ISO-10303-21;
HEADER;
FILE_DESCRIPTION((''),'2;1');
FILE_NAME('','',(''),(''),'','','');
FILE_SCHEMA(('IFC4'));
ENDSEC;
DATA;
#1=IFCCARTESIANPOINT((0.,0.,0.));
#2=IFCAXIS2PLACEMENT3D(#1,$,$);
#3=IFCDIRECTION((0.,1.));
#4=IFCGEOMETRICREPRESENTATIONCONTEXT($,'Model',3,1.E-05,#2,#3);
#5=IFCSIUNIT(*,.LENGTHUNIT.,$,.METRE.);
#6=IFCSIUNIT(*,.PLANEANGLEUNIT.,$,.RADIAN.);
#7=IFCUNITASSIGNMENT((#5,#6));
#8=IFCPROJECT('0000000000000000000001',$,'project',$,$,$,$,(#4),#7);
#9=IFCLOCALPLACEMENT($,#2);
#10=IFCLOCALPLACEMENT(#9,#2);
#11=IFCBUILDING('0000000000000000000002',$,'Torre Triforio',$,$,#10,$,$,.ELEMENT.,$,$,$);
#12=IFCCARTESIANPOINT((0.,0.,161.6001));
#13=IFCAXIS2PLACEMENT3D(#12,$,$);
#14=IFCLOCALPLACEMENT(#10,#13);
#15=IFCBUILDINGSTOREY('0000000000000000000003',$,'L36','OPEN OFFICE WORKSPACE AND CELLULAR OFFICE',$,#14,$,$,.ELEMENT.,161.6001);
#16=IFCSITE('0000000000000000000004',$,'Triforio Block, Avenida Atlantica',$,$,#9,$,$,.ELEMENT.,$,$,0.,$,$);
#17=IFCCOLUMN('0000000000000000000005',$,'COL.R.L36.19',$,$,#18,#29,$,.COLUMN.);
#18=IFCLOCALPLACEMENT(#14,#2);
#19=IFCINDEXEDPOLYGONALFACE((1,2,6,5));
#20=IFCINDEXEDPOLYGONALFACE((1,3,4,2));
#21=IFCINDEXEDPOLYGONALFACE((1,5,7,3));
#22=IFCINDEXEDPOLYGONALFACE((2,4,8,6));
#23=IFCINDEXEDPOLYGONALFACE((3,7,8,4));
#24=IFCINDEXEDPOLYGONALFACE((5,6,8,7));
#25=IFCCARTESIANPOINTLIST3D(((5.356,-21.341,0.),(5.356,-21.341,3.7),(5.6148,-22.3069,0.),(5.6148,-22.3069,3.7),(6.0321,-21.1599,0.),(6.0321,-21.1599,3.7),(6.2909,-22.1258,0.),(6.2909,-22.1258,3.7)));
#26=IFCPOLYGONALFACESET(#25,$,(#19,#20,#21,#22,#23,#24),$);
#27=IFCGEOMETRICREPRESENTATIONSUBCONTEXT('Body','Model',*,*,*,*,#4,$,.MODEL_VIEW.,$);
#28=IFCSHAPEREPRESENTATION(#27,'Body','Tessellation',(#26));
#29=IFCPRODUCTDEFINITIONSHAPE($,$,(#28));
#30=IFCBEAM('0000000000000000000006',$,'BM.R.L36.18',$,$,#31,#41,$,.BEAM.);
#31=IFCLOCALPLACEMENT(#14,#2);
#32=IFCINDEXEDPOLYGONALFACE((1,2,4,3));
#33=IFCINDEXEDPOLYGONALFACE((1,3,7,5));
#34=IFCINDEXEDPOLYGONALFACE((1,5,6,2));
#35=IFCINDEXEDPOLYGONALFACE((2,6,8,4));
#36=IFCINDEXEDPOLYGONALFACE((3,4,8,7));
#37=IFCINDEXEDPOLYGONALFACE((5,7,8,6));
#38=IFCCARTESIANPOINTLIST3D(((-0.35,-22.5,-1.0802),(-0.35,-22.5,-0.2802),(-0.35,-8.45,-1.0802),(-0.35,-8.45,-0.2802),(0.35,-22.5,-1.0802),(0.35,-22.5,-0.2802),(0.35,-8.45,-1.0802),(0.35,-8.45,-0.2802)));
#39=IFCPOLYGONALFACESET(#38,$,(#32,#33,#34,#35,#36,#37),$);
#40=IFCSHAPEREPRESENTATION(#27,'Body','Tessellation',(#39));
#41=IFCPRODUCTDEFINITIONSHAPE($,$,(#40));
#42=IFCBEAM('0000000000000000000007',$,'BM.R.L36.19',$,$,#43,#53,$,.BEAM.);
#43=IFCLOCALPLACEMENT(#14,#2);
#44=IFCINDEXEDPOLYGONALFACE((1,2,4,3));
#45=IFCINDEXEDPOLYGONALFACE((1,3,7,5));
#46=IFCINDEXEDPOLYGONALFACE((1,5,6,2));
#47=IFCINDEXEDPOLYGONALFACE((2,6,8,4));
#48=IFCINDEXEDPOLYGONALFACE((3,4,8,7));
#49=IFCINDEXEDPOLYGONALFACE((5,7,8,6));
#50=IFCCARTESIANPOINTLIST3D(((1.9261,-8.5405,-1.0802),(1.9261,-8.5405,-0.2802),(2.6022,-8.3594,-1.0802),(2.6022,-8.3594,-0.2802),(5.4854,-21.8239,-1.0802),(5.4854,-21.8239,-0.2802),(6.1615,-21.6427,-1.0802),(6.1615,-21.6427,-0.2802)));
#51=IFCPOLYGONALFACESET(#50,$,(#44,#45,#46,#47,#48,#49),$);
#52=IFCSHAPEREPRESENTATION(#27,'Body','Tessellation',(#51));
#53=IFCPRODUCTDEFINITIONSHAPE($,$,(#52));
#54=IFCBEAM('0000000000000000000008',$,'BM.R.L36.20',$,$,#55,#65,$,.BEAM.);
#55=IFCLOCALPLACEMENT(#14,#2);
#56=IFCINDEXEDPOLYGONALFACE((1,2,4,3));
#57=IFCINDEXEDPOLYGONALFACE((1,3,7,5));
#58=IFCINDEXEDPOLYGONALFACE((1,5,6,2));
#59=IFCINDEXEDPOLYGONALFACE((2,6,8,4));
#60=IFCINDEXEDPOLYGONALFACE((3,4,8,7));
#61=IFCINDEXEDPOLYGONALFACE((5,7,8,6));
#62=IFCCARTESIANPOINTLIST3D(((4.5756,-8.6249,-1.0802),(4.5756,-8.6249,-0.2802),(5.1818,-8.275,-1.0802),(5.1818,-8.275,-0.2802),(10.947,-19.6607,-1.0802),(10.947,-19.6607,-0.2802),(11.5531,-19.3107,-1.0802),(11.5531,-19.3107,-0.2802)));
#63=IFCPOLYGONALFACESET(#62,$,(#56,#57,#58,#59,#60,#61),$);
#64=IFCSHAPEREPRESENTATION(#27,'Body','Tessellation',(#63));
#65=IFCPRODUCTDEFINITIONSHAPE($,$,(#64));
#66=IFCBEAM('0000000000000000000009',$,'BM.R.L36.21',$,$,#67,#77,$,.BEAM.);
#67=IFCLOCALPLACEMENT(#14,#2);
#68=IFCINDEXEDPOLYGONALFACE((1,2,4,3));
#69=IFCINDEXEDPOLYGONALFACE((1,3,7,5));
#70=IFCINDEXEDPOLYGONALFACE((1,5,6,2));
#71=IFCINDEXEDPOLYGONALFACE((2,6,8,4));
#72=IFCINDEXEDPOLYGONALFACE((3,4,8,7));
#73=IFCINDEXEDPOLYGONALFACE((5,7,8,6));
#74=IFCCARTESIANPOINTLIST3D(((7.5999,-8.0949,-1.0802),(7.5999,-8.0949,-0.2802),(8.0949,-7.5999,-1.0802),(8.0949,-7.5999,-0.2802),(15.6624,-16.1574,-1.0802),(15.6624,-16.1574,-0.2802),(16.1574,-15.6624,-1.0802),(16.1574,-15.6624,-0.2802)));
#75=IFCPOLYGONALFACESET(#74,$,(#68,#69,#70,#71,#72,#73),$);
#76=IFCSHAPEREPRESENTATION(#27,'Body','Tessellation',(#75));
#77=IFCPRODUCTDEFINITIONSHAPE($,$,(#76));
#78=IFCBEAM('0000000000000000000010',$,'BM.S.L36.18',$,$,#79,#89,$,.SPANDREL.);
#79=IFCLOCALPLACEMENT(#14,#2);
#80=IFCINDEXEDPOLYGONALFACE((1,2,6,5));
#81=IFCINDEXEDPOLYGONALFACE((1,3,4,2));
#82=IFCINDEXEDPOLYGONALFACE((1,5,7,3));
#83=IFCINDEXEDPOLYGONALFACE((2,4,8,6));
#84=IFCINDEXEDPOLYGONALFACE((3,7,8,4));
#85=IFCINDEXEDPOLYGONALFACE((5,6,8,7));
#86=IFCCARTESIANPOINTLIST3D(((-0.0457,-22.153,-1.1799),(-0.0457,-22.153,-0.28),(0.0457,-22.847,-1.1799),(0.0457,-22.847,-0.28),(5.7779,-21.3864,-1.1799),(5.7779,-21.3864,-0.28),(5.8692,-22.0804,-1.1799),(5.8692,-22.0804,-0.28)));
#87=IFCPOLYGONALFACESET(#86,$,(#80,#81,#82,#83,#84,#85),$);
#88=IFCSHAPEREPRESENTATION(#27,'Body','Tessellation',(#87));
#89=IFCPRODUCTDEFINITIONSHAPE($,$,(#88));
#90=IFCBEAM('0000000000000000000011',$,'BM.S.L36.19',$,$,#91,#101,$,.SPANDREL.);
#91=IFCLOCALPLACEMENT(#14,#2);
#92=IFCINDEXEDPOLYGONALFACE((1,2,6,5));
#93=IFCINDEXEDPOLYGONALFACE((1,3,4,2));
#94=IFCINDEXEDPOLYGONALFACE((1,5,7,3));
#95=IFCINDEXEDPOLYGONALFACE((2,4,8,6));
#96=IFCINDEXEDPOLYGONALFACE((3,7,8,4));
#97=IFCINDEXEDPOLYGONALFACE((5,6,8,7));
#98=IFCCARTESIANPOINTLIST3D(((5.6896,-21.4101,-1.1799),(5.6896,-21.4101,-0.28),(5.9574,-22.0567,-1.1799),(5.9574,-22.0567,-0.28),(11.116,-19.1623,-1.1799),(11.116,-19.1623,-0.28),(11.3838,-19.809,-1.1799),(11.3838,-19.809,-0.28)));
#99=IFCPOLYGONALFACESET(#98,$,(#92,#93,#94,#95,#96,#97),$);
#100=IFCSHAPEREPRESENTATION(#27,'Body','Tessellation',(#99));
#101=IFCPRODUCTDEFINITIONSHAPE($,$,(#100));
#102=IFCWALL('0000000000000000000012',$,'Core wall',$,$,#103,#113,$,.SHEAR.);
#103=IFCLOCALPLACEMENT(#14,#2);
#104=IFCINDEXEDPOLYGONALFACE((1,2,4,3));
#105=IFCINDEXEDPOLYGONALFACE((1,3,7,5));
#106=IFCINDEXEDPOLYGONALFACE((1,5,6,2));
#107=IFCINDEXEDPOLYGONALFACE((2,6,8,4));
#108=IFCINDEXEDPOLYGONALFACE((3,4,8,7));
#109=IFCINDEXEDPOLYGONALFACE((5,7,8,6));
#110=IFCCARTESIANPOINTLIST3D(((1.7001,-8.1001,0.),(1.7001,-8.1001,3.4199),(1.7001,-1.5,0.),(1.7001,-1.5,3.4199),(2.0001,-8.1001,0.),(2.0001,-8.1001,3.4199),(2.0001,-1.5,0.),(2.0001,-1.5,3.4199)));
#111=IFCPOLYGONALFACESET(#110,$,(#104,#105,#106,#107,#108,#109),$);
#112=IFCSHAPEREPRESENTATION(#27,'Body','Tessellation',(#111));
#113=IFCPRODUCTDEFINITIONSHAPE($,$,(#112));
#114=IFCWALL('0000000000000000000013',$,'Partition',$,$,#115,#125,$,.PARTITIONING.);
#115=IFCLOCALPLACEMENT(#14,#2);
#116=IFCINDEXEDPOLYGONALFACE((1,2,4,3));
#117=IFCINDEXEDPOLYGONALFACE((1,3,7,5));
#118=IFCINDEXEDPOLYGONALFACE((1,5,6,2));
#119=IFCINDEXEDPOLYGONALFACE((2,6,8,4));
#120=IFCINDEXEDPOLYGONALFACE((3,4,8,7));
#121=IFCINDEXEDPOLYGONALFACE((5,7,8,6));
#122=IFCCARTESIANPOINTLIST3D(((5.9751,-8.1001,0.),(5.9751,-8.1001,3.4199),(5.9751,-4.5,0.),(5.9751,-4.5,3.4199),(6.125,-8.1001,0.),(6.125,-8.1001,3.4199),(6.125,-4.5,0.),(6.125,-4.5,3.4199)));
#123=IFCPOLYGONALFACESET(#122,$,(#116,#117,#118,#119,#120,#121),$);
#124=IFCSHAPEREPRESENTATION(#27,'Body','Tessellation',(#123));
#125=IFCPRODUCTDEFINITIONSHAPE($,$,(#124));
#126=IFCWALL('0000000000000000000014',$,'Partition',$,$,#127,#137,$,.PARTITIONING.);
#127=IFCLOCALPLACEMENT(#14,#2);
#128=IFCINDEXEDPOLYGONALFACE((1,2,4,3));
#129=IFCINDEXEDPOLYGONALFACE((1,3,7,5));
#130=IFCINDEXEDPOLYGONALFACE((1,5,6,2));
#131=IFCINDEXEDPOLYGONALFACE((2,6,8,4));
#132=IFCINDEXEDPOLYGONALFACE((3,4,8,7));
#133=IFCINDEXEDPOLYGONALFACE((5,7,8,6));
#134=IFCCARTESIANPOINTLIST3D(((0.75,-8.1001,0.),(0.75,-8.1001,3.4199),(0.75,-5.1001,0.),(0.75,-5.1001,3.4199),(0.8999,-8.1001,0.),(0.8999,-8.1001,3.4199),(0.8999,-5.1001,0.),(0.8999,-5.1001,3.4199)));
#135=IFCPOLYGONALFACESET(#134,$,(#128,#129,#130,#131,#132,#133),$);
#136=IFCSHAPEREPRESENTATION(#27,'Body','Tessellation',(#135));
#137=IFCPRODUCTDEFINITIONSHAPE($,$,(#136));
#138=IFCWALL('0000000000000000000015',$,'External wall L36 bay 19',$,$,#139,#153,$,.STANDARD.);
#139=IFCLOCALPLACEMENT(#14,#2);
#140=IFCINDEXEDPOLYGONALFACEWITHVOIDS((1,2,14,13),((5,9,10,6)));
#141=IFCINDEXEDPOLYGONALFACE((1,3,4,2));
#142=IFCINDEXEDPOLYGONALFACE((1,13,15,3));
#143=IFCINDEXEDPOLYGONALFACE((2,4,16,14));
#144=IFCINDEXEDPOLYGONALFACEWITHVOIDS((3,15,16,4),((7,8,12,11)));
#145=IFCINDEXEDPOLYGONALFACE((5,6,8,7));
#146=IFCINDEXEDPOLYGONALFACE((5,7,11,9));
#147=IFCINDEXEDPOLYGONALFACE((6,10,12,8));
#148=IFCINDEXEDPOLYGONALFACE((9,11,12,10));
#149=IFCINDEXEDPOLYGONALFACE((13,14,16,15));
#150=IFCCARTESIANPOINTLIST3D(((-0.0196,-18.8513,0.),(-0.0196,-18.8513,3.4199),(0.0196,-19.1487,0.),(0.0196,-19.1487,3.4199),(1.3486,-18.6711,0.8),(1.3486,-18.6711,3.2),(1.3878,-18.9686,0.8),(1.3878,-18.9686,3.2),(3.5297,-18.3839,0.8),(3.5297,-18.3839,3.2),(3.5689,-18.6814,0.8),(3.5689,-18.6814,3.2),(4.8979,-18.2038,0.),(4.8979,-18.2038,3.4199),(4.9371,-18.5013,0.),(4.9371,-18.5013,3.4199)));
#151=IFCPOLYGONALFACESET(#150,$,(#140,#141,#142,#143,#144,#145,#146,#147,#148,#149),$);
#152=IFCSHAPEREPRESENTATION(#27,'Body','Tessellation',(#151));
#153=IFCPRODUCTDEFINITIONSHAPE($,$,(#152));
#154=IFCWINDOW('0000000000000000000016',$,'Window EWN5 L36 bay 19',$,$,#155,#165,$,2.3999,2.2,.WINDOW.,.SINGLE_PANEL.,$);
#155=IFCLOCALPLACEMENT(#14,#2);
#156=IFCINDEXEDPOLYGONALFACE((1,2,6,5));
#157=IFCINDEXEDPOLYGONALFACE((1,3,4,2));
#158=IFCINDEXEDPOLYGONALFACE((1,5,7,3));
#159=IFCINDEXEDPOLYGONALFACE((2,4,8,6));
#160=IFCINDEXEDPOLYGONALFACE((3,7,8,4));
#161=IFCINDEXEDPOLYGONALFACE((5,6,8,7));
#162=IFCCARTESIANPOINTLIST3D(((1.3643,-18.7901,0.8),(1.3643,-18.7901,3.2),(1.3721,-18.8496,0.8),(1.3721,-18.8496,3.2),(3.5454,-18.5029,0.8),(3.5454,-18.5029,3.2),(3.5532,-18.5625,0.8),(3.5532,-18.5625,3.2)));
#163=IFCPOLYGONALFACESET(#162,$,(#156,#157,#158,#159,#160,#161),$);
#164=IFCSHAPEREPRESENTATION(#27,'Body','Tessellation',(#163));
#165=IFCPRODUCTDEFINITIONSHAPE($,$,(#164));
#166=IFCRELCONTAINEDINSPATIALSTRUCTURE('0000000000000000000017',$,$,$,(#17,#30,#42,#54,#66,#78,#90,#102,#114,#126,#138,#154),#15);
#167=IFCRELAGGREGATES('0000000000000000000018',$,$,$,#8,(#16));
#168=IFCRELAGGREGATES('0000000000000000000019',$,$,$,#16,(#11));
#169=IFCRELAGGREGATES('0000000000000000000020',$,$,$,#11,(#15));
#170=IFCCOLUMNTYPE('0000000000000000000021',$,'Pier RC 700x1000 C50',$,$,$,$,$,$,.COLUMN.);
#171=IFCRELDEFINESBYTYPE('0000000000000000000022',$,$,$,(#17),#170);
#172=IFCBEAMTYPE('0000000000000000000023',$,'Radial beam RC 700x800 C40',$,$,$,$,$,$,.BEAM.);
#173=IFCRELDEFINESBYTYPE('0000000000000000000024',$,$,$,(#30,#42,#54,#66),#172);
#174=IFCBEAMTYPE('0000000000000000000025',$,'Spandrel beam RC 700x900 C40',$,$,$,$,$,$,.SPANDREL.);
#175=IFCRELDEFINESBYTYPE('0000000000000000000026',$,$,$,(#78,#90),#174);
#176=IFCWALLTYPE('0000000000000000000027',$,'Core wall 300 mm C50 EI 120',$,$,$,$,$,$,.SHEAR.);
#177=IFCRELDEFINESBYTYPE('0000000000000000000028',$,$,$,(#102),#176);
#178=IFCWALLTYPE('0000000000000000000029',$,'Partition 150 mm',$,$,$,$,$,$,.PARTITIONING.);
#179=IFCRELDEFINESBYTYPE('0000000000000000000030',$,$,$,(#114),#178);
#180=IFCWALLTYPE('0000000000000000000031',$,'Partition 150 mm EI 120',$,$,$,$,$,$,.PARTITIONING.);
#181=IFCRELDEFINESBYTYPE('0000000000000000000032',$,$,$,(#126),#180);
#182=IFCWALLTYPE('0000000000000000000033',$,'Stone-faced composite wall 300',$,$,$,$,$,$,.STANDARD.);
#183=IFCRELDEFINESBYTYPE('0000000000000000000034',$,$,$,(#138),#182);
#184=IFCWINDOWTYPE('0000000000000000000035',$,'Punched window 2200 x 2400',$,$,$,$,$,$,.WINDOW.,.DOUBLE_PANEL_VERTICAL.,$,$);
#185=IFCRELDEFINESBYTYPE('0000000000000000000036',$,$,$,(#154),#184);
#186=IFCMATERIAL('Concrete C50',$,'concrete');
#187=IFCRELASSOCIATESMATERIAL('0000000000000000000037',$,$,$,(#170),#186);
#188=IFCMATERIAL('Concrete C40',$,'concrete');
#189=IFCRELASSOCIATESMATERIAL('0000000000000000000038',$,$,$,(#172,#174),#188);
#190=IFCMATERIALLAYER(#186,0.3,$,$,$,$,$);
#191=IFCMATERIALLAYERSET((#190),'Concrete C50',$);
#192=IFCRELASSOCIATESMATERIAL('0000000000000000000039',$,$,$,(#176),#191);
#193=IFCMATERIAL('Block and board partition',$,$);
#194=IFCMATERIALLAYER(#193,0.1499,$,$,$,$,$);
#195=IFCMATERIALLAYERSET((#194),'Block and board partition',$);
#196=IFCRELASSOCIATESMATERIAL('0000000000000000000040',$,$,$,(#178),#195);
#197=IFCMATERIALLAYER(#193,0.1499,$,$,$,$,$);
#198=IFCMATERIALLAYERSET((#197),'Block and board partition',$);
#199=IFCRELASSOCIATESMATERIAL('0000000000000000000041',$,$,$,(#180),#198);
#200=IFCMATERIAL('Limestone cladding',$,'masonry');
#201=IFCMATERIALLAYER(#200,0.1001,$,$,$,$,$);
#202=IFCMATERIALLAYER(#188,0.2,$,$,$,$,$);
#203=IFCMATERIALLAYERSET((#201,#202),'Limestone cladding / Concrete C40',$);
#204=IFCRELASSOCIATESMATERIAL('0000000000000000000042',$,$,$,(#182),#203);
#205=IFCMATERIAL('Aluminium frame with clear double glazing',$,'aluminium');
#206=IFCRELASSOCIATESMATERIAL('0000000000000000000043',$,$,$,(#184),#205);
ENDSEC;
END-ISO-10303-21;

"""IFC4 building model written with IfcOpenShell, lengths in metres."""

from ifc_helpers import new_model, si_unit, direction, frame, frame_2d, origin, origin_2d, place, context, subcontext, project, spatial, rectangle, extrude, material, layer, layer_set, material_profile, profile_set, type_object, element, fill, save


model = new_model("IFC4")

# Units and contexts
model_context = context("Model", 3, precision=1e-05, world=origin(), true_north=direction((0.0, 1.0)))
body_context = subcontext(model_context, "Body", "Model", "MODEL_VIEW")
ifc_project = project(units=[si_unit("LENGTHUNIT", "METRE"), si_unit("PLANEANGLEUNIT", "RADIAN")], contexts=[model_context])

# Site, building, storey
site_placement = place(None, origin())
site = spatial("IfcSite", under=ifc_project, at=site_placement, Name="Triforio Block, Avenida Atlantica", CompositionType="ELEMENT", RefElevation=0.0)
building_placement = place(site_placement, origin())
building = spatial("IfcBuilding", under=site, at=building_placement, Name="Torre Triforio", CompositionType="ELEMENT")
storey_placement = place(building_placement, frame((0.0, 0.0, 161.6001)))
storey = spatial("IfcBuildingStorey", under=building, at=storey_placement, Name="L36", Description="OPEN OFFICE WORKSPACE AND CELLULAR OFFICE", CompositionType="ELEMENT", Elevation=161.6001)

# Column
ifc_material_1 = material(Name="Concrete C50", Category="concrete")
ifc_material_profile_1 = material_profile(ifc_material_1, rectangle(XDim=0.7, YDim=1.0, at=origin_2d()), Name="RC 700x1000")
ifc_profile_set_1 = profile_set([ifc_material_profile_1], Name="Concrete C50")
column_type = type_object("IfcColumnType", Name="Pier RC 700x1000 C50", PredefinedType="COLUMN", material=ifc_profile_set_1)
column_placement = place(storey_placement, frame((5.8235, -21.7334, 0.0), z_axis=(0.0, 0.0, 1.0), x_axis=(0.965926, 0.258819, 0.0)))
element("IfcColumn", 1, at=column_placement, inside=storey, type_object=column_type, Name="COL.R.L36.19", PredefinedType="COLUMN", context=body_context, shape_type="SweptSolid", body=[
    extrude(rectangle(XDim=0.7, YDim=1.0, at=origin_2d()), origin(), (0.0, 0.0, 1.0), 3.7),
])

# Beams
ifc_material_2 = material(Name="Concrete C40", Category="concrete")
ifc_material_profile_2 = material_profile(ifc_material_2, rectangle(XDim=0.7, YDim=0.8, at=origin_2d()), Name="RC 700x800")
ifc_profile_set_2 = profile_set([ifc_material_profile_2], Name="Concrete C40")
beam_type_1 = type_object("IfcBeamType", Name="Radial beam RC 700x800 C40", PredefinedType="BEAM", material=ifc_profile_set_2)
beam_1_placement = place(storey_placement, frame((0.0, -8.45, -0.6802), z_axis=(0.0, -1.0, 0.0), x_axis=(1.0, 0.0, 0.0)))
element("IfcBeam", 2, at=beam_1_placement, inside=storey, type_object=beam_type_1, Name="BM.R.L36.18", PredefinedType="BEAM", context=body_context, shape_type="SweptSolid", body=[
    extrude(rectangle(XDim=0.7, YDim=0.8, at=origin_2d()), origin(), (0.0, 0.0, 1.0), 14.05),
])
beam_2_placement = place(storey_placement, frame((2.2642, -8.45, -0.6802), z_axis=(0.258822, -0.965925, 0.0), x_axis=(0.965925, 0.258822, 0.0)))
element("IfcBeam", 3, at=beam_2_placement, inside=storey, type_object=beam_type_1, Name="BM.R.L36.19", PredefinedType="BEAM", context=body_context, shape_type="SweptSolid", body=[
    extrude(rectangle(XDim=0.7, YDim=0.8, at=origin_2d()), origin(), (0.0, 0.0, 1.0), 13.752),
])
beam_3_placement = place(storey_placement, frame((4.8787, -8.45, -0.6802), z_axis=(0.499994, -0.866029, 0.0), x_axis=(0.866029, 0.499994, 0.0)))
element("IfcBeam", 4, at=beam_3_placement, inside=storey, type_object=beam_type_1, Name="BM.R.L36.20", PredefinedType="BEAM", context=body_context, shape_type="SweptSolid", body=[
    extrude(rectangle(XDim=0.7, YDim=0.8, at=origin_2d()), origin(), (0.0, 0.0, 1.0), 12.7429),
])
beam_4_placement = place(storey_placement, frame((7.8474, -7.8474, -0.6802), z_axis=(0.707107, -0.707107, 0.0), x_axis=(0.707107, 0.707107, 0.0)))
element("IfcBeam", 5, at=beam_4_placement, inside=storey, type_object=beam_type_1, Name="BM.R.L36.21", PredefinedType="BEAM", context=body_context, shape_type="SweptSolid", body=[
    extrude(rectangle(XDim=0.7, YDim=0.8, at=origin_2d()), origin(), (0.0, 0.0, 1.0), 11.4021),
])
ifc_material_profile_3 = material_profile(ifc_material_2, rectangle(XDim=0.7, YDim=0.8999, at=origin_2d()), Name="RC 700x900")
ifc_profile_set_3 = profile_set([ifc_material_profile_3], Name="Concrete C40")
beam_type_2 = type_object("IfcBeamType", Name="Spandrel beam RC 700x900 C40", PredefinedType="SPANDREL", material=ifc_profile_set_3)
beam_5_placement = place(storey_placement, frame((0.0, -22.5, -0.73), z_axis=(0.991447, 0.130514, 0.0), x_axis=(-0.130514, 0.991447, 0.0)))
element("IfcBeam", 6, at=beam_5_placement, inside=storey, type_object=beam_type_2, Name="BM.S.L36.18", PredefinedType="SPANDREL", context=body_context, shape_type="SweptSolid", body=[
    extrude(rectangle(XDim=0.7, YDim=0.8999, at=origin_2d()), origin(), (0.0, 0.0, 1.0), 5.8738),
])
beam_6_placement = place(storey_placement, frame((5.8235, -21.7334, -0.73), z_axis=(0.923875, 0.382693, 0.0), x_axis=(-0.382693, 0.923875, 0.0)))
element("IfcBeam", 7, at=beam_6_placement, inside=storey, type_object=beam_type_2, Name="BM.S.L36.19", PredefinedType="SPANDREL", context=body_context, shape_type="SweptSolid", body=[
    extrude(rectangle(XDim=0.7, YDim=0.8999, at=origin_2d()), origin(), (0.0, 0.0, 1.0), 5.8735),
])

# Walls
ifc_layer_1 = layer(ifc_material_1, 0.3)
ifc_layer_set_1 = layer_set([ifc_layer_1], Name="Concrete C50")
wall_type_1 = type_object("IfcWallType", Name="Core wall 300 mm C50 EI 120", PredefinedType="SHEAR", material=ifc_layer_set_1)
wall_1_placement = place(storey_placement, frame((1.8501, -8.1001, 0.0), z_axis=(0.0, 0.0, 1.0), x_axis=(0.0, 1.0, 0.0)))
element("IfcWall", 8, at=wall_1_placement, inside=storey, type_object=wall_type_1, Name="Core wall", PredefinedType="SHEAR", context=body_context, shape_type="SweptSolid", body=[
    extrude(rectangle(XDim=6.6001, YDim=0.3, at=frame_2d((3.3, 0.0))), origin(), (0.0, 0.0, 1.0), 3.4199),
])
ifc_material_3 = material(Name="Block and board partition")
ifc_layer_2 = layer(ifc_material_3, 0.1499)
ifc_layer_set_2 = layer_set([ifc_layer_2], Name="Block and board partition")
wall_type_2 = type_object("IfcWallType", Name="Partition 150 mm", PredefinedType="PARTITIONING", material=ifc_layer_set_2)
wall_2_placement = place(storey_placement, frame((6.05, -8.1001, 0.0), z_axis=(0.0, 0.0, 1.0), x_axis=(0.0, 1.0, 0.0)))
element("IfcWall", 9, at=wall_2_placement, inside=storey, type_object=wall_type_2, Name="Partition", PredefinedType="PARTITIONING", context=body_context, shape_type="SweptSolid", body=[
    extrude(rectangle(XDim=3.6001, YDim=0.1499, at=frame_2d((1.8, 0.0))), origin(), (0.0, 0.0, 1.0), 3.4199),
])
ifc_layer_3 = layer(ifc_material_3, 0.1499)
ifc_layer_set_3 = layer_set([ifc_layer_3], Name="Block and board partition")
wall_type_3 = type_object("IfcWallType", Name="Partition 150 mm EI 120", PredefinedType="PARTITIONING", material=ifc_layer_set_3)
wall_3_placement = place(storey_placement, frame((0.825, -8.1001, 0.0), z_axis=(0.0, 0.0, 1.0), x_axis=(0.0, 1.0, 0.0)))
element("IfcWall", 10, at=wall_3_placement, inside=storey, type_object=wall_type_3, Name="Partition", PredefinedType="PARTITIONING", context=body_context, shape_type="SweptSolid", body=[
    extrude(rectangle(XDim=3.0, YDim=0.1499, at=frame_2d((1.5, 0.0))), origin(), (0.0, 0.0, 1.0), 3.4199),
])

# Wall, opening, window
ifc_material_4 = material(Name="Limestone cladding", Category="masonry")
ifc_layer_4 = layer(ifc_material_4, 0.1001)
ifc_layer_5 = layer(ifc_material_2, 0.2)
ifc_layer_set_4 = layer_set([ifc_layer_4, ifc_layer_5], Name="Limestone cladding / Concrete C40")
wall_type_4 = type_object("IfcWallType", Name="Stone-faced composite wall 300", PredefinedType="STANDARD", material=ifc_layer_set_4)
wall_4_placement = place(storey_placement, frame((0.0, -19.0, 0.0), z_axis=(0.0, 0.0, 1.0), x_axis=(0.991443, 0.130539, 0.0)))
wall_4 = element("IfcWall", 11, at=wall_4_placement, inside=storey, type_object=wall_type_4, Name="External wall L36 bay 19", PredefinedType="STANDARD", context=body_context, shape_type="SweptSolid", body=[
    extrude(rectangle(XDim=4.96, YDim=0.3, at=frame_2d((2.48, 0.0))), origin(), (0.0, 0.0, 1.0), 3.4199),
])
opening_1_placement = place(wall_4_placement, frame((1.3799, 0.0, 0.8)))
opening_1 = element("IfcOpeningElement", 12, at=opening_1_placement, cuts=wall_4, PredefinedType="OPENING", context=body_context, shape_type="SweptSolid", body=[
    extrude(rectangle(XDim=2.2, YDim=2.3999, at=frame_2d((1.1001, 1.2))), frame((0.0, 0.1599, 0.0), z_axis=(0.0, -1.0, 0.0), x_axis=(1.0, 0.0, 0.0)), (0.0, 0.0, 1.0), 0.3201),
])
ifc_material_5 = material(Name="Aluminium frame with clear double glazing", Category="aluminium")
window_type_1 = type_object("IfcWindowType", Name="Punched window 2200 x 2400", PartitioningType="DOUBLE_PANEL_VERTICAL", PredefinedType="WINDOW", material=ifc_material_5)
window_1_placement = place(opening_1_placement, origin())
window_1 = element("IfcWindow", 13, at=window_1_placement, inside=storey, type_object=window_type_1, Name="Window EWN5 L36 bay 19", OverallHeight=2.3999, OverallWidth=2.2, PartitioningType="SINGLE_PANEL", PredefinedType="WINDOW", context=body_context, shape_type="SweptSolid", body=[
    extrude(rectangle(XDim=2.2, YDim=2.3999, at=frame_2d((1.1001, 1.2))), frame((0.0, 0.03, 0.0), z_axis=(0.0, -1.0, 0.0), x_axis=(1.0, 0.0, 0.0)), (0.0, 0.0, 1.0), 0.0601),
])
fill(opening_1, window_1)

save(model, "model.ifc")
